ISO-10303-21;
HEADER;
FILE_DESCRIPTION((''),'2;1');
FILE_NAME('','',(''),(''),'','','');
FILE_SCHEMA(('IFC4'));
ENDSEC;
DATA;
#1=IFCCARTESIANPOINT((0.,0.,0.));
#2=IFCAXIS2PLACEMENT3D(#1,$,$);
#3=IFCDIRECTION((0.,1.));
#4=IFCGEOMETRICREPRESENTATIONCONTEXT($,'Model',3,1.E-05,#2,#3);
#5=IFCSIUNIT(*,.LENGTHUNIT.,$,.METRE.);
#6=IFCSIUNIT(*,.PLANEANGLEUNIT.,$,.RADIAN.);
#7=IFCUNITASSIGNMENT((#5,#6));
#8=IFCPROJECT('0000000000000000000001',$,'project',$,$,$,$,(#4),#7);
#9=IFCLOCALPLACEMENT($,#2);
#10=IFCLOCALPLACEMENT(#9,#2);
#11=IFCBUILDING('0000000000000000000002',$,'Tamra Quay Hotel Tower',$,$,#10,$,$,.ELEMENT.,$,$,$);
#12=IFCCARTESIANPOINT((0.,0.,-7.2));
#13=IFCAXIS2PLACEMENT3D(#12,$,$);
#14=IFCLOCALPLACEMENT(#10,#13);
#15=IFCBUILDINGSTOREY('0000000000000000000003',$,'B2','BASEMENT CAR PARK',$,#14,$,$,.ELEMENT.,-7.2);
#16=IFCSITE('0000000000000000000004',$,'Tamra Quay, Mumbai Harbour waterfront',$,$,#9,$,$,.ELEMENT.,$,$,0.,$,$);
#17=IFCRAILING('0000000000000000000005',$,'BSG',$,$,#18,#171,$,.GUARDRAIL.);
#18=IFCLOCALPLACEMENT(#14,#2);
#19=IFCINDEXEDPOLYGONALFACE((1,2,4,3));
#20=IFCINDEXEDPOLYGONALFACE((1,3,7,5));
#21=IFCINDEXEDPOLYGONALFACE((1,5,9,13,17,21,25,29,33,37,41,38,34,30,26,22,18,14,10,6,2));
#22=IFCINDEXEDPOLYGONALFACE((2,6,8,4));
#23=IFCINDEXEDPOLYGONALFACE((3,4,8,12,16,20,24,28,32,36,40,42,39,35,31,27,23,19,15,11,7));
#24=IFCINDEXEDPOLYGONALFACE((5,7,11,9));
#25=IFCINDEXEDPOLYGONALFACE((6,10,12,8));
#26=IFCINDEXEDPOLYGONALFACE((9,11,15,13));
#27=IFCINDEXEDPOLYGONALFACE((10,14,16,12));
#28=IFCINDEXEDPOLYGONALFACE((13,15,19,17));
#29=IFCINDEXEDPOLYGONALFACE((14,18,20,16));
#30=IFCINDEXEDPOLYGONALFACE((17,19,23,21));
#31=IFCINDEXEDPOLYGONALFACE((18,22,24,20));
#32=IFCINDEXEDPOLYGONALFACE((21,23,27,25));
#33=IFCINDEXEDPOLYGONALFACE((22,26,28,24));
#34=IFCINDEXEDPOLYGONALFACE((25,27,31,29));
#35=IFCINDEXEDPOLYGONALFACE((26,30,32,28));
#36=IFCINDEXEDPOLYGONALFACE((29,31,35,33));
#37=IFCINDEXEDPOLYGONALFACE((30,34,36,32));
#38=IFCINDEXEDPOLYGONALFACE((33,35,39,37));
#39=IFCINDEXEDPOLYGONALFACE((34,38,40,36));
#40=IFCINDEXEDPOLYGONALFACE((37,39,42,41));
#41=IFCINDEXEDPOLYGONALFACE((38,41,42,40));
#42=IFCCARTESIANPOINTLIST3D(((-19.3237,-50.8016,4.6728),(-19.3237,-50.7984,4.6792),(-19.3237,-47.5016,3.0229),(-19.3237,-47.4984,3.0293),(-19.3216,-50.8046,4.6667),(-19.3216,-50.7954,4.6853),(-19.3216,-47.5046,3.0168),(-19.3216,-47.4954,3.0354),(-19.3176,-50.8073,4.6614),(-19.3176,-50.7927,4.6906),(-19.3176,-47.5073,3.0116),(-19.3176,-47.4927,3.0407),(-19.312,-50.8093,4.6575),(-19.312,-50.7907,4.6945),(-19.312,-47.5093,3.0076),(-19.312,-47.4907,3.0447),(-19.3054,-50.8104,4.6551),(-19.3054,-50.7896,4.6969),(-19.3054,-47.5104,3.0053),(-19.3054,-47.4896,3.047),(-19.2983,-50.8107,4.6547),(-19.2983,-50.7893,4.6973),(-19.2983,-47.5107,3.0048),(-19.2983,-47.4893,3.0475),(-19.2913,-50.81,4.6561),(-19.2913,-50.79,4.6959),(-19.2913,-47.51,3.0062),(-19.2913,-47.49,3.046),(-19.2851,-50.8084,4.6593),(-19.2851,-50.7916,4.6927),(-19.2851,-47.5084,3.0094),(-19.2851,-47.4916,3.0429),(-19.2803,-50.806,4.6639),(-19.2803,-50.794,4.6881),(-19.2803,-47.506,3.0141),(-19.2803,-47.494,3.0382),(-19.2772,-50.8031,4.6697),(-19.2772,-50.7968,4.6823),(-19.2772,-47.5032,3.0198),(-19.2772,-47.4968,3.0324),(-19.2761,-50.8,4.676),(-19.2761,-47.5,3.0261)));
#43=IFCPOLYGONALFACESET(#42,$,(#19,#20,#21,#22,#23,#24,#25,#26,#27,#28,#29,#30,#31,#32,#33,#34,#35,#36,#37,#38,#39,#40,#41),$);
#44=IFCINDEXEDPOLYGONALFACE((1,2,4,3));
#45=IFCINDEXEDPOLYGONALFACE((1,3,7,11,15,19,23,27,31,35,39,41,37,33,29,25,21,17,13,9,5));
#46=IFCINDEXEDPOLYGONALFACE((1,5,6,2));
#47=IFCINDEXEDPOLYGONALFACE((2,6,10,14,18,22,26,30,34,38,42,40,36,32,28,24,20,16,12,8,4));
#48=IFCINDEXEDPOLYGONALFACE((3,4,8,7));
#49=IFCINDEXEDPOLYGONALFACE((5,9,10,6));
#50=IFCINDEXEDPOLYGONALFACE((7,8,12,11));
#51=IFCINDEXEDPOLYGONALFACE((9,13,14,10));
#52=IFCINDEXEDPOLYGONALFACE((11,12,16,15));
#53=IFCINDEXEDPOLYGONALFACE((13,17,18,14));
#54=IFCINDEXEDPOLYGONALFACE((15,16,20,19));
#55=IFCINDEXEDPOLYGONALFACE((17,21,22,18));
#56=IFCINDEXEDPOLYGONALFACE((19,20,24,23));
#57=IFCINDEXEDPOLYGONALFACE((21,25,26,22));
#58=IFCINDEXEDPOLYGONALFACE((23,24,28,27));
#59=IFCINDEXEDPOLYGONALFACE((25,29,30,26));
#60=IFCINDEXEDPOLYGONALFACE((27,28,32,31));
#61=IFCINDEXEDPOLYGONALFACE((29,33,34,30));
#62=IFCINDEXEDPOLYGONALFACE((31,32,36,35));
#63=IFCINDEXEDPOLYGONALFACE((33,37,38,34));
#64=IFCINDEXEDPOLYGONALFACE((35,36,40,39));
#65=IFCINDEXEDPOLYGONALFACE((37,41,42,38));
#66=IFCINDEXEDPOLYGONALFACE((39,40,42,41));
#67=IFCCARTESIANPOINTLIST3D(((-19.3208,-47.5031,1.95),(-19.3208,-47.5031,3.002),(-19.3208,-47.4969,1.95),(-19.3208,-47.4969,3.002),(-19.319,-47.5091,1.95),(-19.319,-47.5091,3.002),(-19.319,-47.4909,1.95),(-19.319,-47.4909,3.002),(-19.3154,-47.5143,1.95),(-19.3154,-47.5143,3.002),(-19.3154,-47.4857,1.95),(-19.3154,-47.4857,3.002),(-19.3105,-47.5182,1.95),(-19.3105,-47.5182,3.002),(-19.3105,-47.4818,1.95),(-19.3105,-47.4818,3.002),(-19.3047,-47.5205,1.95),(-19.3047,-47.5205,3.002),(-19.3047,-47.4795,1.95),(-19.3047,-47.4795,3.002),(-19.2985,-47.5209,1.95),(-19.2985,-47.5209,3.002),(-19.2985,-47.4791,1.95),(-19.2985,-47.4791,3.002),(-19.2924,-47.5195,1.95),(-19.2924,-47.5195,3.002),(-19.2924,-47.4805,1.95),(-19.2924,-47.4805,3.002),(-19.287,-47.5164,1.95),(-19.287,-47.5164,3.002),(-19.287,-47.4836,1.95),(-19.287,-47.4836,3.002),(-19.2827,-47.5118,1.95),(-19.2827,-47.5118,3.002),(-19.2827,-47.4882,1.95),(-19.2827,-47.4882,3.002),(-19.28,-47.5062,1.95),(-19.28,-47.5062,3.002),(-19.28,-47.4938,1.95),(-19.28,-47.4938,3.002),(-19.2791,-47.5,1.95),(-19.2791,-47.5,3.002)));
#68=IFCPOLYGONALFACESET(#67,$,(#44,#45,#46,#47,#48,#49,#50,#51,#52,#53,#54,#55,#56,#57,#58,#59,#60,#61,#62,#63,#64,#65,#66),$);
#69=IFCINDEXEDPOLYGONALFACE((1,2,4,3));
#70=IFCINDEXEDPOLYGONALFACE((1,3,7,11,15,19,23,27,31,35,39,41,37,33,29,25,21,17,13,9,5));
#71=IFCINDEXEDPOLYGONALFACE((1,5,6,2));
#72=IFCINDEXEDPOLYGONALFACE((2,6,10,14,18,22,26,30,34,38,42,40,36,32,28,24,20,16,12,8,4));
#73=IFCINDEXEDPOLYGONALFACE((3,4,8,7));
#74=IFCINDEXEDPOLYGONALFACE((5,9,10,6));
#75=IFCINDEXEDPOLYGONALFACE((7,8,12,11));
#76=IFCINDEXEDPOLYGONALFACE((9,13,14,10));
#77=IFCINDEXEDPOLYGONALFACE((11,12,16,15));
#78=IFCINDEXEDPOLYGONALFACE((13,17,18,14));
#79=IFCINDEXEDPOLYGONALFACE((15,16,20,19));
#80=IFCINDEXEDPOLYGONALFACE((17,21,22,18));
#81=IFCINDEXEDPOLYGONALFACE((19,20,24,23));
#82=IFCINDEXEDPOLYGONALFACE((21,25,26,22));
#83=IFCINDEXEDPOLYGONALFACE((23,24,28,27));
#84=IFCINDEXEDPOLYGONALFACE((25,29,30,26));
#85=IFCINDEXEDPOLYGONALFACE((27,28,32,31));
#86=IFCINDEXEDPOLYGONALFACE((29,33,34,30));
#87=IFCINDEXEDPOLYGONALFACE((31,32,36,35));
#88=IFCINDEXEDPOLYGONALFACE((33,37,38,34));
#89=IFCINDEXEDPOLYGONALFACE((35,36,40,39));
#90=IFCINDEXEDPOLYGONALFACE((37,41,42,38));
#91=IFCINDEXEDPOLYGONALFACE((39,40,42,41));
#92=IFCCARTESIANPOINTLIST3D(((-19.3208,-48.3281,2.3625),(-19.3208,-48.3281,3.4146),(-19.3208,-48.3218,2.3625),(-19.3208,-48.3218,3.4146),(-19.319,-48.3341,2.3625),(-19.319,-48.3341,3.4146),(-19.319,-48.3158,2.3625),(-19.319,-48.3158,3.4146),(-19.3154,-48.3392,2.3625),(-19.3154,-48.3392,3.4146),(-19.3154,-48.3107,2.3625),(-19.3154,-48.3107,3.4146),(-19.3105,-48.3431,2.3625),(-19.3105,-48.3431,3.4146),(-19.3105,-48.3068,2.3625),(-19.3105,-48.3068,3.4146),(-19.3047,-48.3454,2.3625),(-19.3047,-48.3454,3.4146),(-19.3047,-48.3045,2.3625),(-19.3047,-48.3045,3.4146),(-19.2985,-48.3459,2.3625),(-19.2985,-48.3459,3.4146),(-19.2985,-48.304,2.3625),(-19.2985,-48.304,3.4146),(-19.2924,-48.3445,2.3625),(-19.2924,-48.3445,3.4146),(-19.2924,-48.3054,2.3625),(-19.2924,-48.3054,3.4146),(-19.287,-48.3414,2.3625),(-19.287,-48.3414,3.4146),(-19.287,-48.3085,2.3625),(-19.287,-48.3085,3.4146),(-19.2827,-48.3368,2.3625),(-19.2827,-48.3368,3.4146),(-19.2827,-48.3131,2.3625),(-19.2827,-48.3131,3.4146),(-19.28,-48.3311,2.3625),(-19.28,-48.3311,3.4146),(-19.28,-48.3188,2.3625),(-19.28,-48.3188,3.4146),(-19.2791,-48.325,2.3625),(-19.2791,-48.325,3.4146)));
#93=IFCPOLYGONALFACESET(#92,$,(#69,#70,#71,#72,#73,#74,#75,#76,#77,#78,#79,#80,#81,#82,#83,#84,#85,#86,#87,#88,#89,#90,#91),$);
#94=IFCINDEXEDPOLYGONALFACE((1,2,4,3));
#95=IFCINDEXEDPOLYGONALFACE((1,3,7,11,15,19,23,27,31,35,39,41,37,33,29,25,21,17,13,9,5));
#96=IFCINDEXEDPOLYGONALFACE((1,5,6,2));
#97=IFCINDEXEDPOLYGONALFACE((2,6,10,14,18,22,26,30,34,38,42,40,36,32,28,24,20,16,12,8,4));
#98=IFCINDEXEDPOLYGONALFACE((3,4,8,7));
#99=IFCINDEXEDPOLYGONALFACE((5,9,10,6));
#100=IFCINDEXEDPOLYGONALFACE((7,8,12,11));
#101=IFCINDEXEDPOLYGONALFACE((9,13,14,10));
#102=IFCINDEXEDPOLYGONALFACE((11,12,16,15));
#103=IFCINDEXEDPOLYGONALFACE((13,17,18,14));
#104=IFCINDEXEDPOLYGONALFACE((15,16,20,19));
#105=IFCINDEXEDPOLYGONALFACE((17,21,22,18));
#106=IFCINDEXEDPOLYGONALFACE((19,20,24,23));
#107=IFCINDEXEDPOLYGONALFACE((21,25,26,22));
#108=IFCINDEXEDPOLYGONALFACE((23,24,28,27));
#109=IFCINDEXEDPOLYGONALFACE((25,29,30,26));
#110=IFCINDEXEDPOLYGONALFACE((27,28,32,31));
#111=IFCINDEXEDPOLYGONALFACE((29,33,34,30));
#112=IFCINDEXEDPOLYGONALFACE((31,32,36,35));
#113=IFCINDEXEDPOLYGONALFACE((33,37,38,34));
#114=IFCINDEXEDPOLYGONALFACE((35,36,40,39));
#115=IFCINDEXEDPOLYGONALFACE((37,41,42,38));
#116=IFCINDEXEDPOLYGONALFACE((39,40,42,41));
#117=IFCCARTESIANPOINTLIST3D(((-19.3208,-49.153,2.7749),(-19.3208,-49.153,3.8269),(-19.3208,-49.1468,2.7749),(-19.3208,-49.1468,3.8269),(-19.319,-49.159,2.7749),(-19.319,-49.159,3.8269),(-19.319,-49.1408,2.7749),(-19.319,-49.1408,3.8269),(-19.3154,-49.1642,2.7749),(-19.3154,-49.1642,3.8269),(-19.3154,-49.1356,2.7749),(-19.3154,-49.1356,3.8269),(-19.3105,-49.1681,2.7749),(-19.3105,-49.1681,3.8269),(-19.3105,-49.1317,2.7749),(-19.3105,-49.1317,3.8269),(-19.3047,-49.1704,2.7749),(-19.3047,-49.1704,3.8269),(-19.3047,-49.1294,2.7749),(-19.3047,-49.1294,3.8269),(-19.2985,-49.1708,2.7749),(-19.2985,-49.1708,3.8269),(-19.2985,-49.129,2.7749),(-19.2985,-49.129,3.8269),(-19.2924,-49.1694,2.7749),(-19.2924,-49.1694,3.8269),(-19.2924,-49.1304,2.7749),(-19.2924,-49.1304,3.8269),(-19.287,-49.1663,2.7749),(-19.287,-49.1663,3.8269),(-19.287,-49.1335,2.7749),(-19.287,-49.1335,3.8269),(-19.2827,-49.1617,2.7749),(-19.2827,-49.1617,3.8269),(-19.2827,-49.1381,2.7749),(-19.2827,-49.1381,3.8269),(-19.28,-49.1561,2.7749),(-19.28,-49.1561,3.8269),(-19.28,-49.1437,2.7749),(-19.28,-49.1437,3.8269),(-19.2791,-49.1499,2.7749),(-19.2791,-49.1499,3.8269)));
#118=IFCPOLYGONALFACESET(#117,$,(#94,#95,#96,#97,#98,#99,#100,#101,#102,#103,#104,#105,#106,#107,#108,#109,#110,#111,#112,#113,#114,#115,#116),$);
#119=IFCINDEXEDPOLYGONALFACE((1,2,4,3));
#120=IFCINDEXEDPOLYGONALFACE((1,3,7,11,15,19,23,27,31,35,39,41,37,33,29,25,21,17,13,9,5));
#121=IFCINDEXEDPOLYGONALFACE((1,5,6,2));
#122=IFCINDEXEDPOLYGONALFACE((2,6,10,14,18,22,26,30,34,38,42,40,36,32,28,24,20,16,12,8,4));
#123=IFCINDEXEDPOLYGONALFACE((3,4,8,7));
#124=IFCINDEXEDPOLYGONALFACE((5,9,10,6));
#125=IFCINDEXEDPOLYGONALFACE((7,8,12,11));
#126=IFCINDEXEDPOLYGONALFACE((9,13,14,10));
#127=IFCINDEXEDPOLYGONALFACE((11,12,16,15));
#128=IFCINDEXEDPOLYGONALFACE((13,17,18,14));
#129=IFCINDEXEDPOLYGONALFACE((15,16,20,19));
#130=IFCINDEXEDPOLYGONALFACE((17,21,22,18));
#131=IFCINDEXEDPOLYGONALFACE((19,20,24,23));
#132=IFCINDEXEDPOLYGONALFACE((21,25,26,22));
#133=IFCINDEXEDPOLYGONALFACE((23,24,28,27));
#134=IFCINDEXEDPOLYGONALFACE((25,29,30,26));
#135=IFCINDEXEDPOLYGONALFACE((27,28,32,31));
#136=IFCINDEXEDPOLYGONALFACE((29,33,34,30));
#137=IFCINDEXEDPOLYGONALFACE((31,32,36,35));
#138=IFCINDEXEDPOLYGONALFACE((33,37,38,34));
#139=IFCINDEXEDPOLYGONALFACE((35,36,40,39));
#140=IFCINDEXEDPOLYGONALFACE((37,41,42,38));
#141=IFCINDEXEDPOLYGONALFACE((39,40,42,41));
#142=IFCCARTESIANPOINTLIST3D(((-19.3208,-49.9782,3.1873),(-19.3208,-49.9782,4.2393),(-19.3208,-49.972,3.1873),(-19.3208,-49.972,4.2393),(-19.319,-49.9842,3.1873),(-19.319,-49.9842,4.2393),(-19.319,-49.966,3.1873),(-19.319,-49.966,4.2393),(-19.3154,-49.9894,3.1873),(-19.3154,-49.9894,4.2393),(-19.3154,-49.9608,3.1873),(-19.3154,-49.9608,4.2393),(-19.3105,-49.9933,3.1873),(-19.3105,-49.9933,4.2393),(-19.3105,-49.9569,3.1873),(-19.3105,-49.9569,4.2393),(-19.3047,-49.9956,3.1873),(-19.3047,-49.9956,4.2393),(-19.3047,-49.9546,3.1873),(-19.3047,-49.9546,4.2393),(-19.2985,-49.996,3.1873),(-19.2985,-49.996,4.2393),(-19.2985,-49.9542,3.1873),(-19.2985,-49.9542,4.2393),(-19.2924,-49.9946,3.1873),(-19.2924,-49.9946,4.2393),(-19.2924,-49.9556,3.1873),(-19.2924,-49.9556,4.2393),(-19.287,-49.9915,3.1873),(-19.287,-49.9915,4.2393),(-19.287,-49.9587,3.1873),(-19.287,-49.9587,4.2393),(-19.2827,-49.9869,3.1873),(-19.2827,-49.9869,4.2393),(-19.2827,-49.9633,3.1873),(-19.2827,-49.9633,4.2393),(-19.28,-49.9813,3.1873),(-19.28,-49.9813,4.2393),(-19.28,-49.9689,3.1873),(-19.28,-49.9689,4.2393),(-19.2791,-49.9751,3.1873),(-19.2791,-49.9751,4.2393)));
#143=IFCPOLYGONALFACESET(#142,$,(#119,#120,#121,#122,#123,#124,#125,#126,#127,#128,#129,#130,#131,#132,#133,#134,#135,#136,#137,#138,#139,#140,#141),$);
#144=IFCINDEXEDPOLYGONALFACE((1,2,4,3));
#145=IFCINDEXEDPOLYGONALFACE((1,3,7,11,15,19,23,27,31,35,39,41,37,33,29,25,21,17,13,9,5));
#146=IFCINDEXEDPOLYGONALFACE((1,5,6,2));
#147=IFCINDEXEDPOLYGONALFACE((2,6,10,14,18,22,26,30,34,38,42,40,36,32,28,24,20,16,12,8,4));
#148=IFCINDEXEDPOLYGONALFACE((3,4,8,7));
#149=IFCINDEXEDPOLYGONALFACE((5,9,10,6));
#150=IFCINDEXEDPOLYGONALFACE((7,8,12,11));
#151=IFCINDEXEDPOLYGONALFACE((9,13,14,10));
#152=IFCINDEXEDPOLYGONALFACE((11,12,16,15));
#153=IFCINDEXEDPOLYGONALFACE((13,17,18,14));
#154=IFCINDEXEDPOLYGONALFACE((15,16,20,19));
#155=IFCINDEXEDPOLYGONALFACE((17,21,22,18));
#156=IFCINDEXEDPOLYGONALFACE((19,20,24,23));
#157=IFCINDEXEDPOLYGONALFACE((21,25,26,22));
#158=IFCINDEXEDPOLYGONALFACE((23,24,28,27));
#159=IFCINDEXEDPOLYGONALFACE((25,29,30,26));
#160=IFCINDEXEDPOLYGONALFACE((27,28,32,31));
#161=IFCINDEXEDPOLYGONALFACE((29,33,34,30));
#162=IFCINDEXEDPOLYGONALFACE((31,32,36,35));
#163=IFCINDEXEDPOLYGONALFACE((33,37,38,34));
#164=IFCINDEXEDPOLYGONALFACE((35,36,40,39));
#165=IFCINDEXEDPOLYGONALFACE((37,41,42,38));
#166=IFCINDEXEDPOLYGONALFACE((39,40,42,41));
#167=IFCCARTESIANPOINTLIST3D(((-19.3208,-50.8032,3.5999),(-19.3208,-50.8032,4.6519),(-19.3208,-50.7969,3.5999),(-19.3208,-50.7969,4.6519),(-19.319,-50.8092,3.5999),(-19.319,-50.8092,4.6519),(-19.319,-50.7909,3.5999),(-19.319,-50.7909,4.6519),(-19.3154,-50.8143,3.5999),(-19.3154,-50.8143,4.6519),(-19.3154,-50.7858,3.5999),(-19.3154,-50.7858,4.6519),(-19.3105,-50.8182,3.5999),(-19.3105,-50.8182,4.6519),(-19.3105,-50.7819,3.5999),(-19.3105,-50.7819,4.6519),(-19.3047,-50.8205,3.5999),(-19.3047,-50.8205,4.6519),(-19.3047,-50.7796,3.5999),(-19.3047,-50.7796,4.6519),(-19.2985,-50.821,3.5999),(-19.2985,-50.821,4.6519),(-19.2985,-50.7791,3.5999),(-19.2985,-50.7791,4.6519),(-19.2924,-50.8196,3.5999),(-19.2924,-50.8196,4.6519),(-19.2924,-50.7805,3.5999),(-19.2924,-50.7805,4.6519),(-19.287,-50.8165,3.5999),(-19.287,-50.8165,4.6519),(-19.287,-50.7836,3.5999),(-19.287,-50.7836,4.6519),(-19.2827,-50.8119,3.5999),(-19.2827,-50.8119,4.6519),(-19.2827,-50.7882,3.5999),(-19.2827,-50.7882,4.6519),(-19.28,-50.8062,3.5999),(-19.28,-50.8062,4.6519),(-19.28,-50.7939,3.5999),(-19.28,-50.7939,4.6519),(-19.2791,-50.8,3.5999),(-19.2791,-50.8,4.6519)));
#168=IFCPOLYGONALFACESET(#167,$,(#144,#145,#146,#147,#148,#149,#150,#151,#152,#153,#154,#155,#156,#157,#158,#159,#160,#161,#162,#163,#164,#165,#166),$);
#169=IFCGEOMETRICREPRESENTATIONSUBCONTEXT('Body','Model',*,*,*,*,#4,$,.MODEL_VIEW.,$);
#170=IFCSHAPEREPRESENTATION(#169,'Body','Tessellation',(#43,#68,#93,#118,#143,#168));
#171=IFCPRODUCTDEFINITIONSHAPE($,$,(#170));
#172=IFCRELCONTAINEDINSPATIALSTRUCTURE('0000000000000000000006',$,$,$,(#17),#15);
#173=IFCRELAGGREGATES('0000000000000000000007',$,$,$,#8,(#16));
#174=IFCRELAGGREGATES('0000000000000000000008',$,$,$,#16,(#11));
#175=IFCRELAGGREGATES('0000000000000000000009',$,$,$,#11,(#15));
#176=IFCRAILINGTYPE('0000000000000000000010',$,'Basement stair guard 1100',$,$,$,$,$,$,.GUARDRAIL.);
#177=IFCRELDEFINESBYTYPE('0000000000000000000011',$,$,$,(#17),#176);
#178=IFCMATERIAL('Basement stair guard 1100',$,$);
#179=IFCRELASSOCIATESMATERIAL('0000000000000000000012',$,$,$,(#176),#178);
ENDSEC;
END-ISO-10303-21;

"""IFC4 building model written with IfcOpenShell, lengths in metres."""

from ifc_helpers import new_model, si_unit, direction, frame, origin, origin_2d, place, context, subcontext, project, spatial, circle, extrude, material, type_object, element, save


model = new_model("IFC4")

# Units and contexts
model_context = context("Model", 3, precision=1e-05, world=origin(), true_north=direction((0.0, 1.0)))
body_context = subcontext(model_context, "Body", "Model", "MODEL_VIEW")
ifc_project = project(units=[si_unit("LENGTHUNIT", "METRE"), si_unit("PLANEANGLEUNIT", "RADIAN")], contexts=[model_context])

# Site, building, storey
site_placement = place(None, origin())
site = spatial("IfcSite", under=ifc_project, at=site_placement, Name="Tamra Quay, Mumbai Harbour waterfront", CompositionType="ELEMENT", RefElevation=0.0)
building_placement = place(site_placement, origin())
building = spatial("IfcBuilding", under=site, at=building_placement, Name="Tamra Quay Hotel Tower", CompositionType="ELEMENT")
storey_placement = place(building_placement, frame((0.0, 0.0, -7.2)))
storey = spatial("IfcBuildingStorey", under=building, at=storey_placement, Name="B2", Description="BASEMENT CAR PARK", CompositionType="ELEMENT", Elevation=-7.2)

# Railing
ifc_material_1 = material(Name="Basement stair guard 1100")
railing_type = type_object("IfcRailingType", Name="Basement stair guard 1100", PredefinedType="GUARDRAIL", material=ifc_material_1)
railing_1_placement = place(storey_placement, frame((-19.3, -47.5, 1.95)))
element("IfcRailing", 1, at=railing_1_placement, inside=storey, type_object=railing_type, Name="BSG", PredefinedType="GUARDRAIL", context=body_context, shape_type="SweptSolid", body=[
    extrude(circle(Radius=0.0239, at=origin_2d()), frame((0.0, 0.0, 1.0762), z_axis=(0.0, -0.89444, 0.447187), x_axis=(1.0, 0.0, 0.0)), (0.0, 0.0, 1.0), 3.6895),
    extrude(circle(Radius=0.021, at=origin_2d()), origin(), (0.0, 0.0, 1.0), 1.052),
    extrude(circle(Radius=0.021, at=origin_2d()), frame((0.0, -0.825, 0.4126)), (0.0, 0.0, 1.0), 1.052),
    extrude(circle(Radius=0.021, at=origin_2d()), frame((0.0, -1.6499, 0.825)), (0.0, 0.0, 1.0), 1.052),
    extrude(circle(Radius=0.021, at=origin_2d()), frame((0.0, -2.4751, 1.2373)), (0.0, 0.0, 1.0), 1.052),
    extrude(circle(Radius=0.021, at=origin_2d()), frame((0.0, -3.3, 1.6499)), (0.0, 0.0, 1.0), 1.052),
])

save(model, "model.ifc")
